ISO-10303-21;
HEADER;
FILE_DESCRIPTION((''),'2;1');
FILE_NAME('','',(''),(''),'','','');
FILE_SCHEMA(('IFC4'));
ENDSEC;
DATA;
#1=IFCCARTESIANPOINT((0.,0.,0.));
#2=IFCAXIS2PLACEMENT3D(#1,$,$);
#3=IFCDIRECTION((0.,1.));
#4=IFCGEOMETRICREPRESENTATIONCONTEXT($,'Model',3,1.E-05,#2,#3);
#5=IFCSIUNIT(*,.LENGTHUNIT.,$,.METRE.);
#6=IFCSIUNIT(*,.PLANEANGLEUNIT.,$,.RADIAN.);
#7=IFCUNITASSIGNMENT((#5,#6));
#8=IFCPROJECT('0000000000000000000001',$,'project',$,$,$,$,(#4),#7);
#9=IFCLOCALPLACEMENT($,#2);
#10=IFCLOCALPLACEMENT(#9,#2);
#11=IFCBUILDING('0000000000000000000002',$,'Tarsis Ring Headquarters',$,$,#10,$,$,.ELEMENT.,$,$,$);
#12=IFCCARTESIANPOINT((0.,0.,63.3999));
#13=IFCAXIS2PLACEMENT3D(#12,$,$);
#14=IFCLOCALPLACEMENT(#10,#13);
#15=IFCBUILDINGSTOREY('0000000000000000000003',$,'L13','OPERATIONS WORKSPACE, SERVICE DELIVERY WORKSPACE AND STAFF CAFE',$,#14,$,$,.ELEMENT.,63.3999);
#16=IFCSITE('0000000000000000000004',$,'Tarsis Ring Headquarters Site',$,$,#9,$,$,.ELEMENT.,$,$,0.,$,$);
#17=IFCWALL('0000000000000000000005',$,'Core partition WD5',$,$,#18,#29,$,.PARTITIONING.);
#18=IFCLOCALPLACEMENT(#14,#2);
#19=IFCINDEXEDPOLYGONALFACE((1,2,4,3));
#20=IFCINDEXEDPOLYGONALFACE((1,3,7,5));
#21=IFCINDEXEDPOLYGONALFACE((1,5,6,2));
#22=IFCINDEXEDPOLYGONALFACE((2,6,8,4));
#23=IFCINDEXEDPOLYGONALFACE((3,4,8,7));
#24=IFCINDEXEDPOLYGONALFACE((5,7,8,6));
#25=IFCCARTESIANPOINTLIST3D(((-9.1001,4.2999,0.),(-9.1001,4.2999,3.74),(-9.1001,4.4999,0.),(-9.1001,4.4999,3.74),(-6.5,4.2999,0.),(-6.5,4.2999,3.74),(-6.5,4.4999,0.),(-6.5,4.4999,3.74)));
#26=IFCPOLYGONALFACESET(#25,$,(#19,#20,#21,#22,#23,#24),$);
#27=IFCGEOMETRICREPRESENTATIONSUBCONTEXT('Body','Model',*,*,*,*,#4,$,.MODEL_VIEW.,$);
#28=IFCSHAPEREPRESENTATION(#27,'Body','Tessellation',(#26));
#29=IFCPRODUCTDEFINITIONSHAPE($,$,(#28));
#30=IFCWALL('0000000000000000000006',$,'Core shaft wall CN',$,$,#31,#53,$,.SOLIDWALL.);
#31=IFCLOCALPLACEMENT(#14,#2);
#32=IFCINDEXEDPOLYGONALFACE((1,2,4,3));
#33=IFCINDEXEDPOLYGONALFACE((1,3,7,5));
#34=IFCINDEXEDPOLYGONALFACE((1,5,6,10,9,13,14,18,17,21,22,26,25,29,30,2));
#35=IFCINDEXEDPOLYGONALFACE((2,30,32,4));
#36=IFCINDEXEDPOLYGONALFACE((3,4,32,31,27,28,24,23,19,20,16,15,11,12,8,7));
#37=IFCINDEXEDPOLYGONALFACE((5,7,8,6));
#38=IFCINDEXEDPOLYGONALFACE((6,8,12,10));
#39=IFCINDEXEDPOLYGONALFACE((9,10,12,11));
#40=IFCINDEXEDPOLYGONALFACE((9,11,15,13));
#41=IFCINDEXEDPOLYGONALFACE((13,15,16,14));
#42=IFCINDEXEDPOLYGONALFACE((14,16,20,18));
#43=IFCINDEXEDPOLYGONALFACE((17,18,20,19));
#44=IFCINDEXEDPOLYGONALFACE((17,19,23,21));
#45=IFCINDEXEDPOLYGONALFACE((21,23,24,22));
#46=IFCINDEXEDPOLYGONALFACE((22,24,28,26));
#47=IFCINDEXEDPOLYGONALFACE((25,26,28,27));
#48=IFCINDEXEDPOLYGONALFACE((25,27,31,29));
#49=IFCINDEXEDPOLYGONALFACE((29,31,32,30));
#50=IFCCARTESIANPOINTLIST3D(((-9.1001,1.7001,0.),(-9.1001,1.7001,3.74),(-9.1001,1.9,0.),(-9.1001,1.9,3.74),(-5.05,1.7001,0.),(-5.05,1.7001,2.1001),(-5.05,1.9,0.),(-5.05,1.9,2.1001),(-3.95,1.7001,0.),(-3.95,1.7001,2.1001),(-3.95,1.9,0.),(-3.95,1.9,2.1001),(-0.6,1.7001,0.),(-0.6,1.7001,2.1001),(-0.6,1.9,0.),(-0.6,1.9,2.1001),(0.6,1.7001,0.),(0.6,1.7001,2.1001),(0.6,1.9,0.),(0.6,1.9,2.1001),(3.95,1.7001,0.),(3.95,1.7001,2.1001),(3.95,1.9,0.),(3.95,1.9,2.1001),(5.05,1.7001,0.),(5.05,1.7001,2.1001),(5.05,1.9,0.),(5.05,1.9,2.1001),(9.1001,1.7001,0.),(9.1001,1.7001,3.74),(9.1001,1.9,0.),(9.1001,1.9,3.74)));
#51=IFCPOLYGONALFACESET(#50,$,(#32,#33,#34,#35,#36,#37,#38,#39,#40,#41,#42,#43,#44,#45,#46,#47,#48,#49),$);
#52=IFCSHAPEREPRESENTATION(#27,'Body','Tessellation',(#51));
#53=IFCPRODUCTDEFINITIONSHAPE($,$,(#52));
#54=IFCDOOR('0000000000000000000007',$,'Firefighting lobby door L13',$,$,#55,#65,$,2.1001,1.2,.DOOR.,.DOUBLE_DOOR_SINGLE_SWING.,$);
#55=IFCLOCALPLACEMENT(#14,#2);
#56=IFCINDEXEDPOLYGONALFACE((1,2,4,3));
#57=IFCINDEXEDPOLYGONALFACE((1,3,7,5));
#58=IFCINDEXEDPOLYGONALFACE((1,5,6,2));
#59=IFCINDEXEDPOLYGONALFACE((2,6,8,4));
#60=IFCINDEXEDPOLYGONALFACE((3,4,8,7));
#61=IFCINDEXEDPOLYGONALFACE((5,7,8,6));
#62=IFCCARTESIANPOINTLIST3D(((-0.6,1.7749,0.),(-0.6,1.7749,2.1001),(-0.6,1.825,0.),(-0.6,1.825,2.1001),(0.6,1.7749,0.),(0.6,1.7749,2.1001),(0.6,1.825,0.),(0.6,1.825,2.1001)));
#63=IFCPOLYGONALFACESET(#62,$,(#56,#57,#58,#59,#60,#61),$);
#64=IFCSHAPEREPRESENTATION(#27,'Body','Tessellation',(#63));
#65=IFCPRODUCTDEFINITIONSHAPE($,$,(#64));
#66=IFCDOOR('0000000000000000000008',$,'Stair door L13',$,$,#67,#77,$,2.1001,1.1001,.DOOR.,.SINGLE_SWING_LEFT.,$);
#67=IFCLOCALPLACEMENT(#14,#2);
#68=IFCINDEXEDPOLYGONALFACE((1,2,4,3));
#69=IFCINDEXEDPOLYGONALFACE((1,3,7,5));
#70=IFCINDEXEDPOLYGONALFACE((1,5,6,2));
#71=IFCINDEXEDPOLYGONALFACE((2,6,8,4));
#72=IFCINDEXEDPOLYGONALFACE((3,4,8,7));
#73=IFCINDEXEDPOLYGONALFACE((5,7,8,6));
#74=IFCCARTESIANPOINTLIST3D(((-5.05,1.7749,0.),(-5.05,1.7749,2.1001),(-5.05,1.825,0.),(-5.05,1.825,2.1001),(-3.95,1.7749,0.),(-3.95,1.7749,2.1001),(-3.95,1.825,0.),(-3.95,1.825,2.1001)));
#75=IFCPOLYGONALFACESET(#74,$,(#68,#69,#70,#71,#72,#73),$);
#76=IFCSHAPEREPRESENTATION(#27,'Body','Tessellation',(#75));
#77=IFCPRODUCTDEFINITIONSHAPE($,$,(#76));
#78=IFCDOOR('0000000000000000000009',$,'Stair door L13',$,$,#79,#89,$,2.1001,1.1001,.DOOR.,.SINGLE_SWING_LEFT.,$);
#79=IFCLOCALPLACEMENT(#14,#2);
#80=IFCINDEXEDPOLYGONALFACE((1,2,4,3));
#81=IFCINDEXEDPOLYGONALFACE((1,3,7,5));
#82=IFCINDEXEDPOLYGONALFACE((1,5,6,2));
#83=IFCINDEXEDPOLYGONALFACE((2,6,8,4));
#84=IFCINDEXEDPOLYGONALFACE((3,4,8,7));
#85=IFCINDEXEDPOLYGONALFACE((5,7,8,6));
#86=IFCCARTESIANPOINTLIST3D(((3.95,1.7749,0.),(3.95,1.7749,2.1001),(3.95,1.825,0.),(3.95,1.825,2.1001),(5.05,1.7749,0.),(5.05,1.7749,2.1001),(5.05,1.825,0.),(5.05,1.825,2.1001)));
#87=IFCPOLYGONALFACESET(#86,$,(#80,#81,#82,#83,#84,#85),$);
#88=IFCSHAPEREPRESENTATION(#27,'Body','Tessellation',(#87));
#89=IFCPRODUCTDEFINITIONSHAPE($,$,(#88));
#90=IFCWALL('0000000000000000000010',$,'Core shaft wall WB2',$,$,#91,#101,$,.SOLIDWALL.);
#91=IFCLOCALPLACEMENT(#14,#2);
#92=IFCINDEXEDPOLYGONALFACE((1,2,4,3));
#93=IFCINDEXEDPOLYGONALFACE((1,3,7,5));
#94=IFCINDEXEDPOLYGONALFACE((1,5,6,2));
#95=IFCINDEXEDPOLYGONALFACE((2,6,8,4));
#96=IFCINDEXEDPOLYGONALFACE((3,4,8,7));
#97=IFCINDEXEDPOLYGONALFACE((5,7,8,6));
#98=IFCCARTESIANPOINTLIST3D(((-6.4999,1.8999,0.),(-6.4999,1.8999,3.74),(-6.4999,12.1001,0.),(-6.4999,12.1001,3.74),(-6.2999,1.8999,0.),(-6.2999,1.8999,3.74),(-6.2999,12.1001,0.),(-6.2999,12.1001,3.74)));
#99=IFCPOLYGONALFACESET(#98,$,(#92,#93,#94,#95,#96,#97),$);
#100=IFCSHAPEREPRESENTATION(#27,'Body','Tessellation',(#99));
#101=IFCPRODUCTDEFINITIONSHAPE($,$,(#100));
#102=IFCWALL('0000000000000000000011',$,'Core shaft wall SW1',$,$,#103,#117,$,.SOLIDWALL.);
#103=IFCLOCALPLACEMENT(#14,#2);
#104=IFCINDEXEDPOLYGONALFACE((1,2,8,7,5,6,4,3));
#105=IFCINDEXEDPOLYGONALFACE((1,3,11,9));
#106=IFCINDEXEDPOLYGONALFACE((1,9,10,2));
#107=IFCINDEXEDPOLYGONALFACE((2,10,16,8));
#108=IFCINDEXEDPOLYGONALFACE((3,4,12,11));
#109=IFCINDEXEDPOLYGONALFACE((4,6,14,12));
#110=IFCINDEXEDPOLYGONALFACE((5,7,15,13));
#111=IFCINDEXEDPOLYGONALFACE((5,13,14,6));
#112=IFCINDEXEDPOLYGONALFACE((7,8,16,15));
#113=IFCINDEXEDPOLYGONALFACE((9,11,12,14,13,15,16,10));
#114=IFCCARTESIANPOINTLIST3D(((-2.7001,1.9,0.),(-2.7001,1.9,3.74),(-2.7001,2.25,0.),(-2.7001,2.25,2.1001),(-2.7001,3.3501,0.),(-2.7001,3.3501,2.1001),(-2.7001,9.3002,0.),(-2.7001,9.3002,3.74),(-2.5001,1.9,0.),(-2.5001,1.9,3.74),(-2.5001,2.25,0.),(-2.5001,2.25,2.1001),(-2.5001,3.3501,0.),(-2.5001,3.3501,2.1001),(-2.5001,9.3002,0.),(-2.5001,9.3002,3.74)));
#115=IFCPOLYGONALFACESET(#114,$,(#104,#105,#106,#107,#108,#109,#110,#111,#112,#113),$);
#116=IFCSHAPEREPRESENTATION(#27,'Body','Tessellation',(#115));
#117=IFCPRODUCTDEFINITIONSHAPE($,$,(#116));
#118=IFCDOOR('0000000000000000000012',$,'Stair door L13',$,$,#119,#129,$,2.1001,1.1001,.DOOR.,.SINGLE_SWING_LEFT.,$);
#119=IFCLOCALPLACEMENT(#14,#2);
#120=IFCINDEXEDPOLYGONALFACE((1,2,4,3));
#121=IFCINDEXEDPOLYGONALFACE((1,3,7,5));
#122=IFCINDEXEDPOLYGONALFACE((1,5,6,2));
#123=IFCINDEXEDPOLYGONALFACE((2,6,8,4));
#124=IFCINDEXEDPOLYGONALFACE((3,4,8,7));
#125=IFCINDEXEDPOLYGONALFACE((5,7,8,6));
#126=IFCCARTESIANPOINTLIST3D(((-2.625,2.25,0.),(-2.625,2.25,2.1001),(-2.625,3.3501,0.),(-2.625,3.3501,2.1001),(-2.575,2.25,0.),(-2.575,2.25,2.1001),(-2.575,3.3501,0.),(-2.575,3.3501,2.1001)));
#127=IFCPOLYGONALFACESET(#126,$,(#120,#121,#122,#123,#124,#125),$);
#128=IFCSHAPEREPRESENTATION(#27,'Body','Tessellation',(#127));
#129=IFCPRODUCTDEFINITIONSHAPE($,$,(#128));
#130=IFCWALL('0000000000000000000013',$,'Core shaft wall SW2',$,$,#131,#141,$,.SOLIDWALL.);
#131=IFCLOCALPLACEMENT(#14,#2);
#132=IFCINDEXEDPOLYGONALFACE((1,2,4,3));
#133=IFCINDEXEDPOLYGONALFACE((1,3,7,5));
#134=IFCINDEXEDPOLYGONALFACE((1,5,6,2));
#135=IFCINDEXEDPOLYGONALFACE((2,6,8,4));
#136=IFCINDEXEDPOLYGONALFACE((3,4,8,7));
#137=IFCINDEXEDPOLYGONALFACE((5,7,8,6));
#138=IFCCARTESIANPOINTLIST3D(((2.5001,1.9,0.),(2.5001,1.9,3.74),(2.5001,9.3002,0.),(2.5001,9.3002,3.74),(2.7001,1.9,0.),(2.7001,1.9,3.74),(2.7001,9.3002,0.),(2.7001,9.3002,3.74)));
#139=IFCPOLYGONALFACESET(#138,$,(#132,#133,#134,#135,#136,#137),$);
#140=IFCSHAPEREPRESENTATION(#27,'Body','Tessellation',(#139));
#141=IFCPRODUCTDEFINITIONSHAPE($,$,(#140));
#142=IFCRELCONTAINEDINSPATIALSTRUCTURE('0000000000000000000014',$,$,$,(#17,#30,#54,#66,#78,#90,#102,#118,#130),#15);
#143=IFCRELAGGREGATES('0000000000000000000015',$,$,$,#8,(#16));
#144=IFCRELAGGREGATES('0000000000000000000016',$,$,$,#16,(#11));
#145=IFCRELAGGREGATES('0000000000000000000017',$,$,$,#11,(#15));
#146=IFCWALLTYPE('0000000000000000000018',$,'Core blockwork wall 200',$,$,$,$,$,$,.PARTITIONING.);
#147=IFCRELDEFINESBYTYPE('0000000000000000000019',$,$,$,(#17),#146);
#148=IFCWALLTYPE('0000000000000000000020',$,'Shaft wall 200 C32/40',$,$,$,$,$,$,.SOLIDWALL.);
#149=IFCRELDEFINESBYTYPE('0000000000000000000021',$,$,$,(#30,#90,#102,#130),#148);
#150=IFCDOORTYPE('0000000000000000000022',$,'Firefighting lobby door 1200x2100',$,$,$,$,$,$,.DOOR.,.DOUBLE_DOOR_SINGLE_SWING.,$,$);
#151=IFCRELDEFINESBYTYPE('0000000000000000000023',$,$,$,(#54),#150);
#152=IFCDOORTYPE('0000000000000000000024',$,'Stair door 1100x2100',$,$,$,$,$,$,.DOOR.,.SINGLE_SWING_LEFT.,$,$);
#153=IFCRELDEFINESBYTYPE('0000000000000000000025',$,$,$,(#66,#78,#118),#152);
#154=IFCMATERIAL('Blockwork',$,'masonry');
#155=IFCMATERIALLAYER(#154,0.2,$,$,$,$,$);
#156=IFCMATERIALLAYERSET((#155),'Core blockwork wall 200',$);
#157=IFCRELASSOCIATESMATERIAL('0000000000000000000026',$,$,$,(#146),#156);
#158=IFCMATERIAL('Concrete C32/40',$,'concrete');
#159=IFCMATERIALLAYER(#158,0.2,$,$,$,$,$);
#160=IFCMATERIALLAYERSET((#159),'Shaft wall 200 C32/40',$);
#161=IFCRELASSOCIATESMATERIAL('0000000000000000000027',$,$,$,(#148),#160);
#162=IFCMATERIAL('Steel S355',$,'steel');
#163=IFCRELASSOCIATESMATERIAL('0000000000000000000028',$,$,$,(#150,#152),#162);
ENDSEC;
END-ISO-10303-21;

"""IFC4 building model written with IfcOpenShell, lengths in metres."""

from ifc_helpers import new_model, si_unit, direction, frame, frame_2d, origin, place, context, subcontext, project, spatial, rectangle, extrude, material, layer, layer_set, type_object, element, fill, save


model = new_model("IFC4")

# Units and contexts
model_context = context("Model", 3, precision=1e-05, world=origin(), true_north=direction((0.0, 1.0)))
body_context = subcontext(model_context, "Body", "Model", "MODEL_VIEW")
ifc_project = project(units=[si_unit("LENGTHUNIT", "METRE"), si_unit("PLANEANGLEUNIT", "RADIAN")], contexts=[model_context])

# Site, building, storey
site_placement = place(None, origin())
site = spatial("IfcSite", under=ifc_project, at=site_placement, Name="Tarsis Ring Headquarters Site", CompositionType="ELEMENT", RefElevation=0.0)
building_placement = place(site_placement, origin())
building = spatial("IfcBuilding", under=site, at=building_placement, Name="Tarsis Ring Headquarters", CompositionType="ELEMENT")
storey_placement = place(building_placement, frame((0.0, 0.0, 63.3999)))
storey = spatial("IfcBuildingStorey", under=building, at=storey_placement, Name="L13", Description="OPERATIONS WORKSPACE, SERVICE DELIVERY WORKSPACE AND STAFF CAFE", CompositionType="ELEMENT", Elevation=63.3999)

# Wall
ifc_material_1 = material(Name="Blockwork", Category="masonry")
ifc_layer_1 = layer(ifc_material_1, 0.2)
ifc_layer_set_1 = layer_set([ifc_layer_1], Name="Core blockwork wall 200")
wall_type_1 = type_object("IfcWallType", Name="Core blockwork wall 200", PredefinedType="PARTITIONING", material=ifc_layer_set_1)
wall_1_placement = place(storey_placement, frame((-9.1001, 4.3999, 0.0), z_axis=(0.0, 0.0, 1.0), x_axis=(1.0, 0.0, 0.0)))
element("IfcWall", 1, at=wall_1_placement, inside=storey, type_object=wall_type_1, Name="Core partition WD5", PredefinedType="PARTITIONING", context=body_context, shape_type="SweptSolid", body=[
    extrude(rectangle(XDim=2.6001, YDim=0.2, at=frame_2d((1.3, 0.0))), origin(), (0.0, 0.0, 1.0), 3.74),
])

# Wall, openings, doors
ifc_material_2 = material(Name="Concrete C32/40", Category="concrete")
ifc_layer_2 = layer(ifc_material_2, 0.2)
ifc_layer_set_2 = layer_set([ifc_layer_2], Name="Shaft wall 200 C32/40")
wall_type_2 = type_object("IfcWallType", Name="Shaft wall 200 C32/40", PredefinedType="SOLIDWALL", material=ifc_layer_set_2)
wall_2_placement = place(storey_placement, frame((-9.1001, 1.8, 0.0), z_axis=(0.0, 0.0, 1.0), x_axis=(1.0, 0.0, 0.0)))
wall_2 = element("IfcWall", 2, at=wall_2_placement, inside=storey, type_object=wall_type_2, Name="Core shaft wall CN", PredefinedType="SOLIDWALL", context=body_context, shape_type="SweptSolid", body=[
    extrude(rectangle(XDim=18.2002, YDim=0.2, at=frame_2d((9.1001, 0.0))), origin(), (0.0, 0.0, 1.0), 3.74),
])
opening_1_placement = place(wall_2_placement, frame((4.05, 0.0, 0.0)))
opening_1 = element("IfcOpeningElement", 3, at=opening_1_placement, cuts=wall_2, PredefinedType="OPENING", context=body_context, shape_type="SweptSolid", body=[
    extrude(rectangle(XDim=1.1001, YDim=2.1001, at=frame_2d((0.55, 1.05))), frame((0.0, 0.1099, 0.0), z_axis=(0.0, -1.0, 0.0), x_axis=(1.0, 0.0, 0.0)), (0.0, 0.0, 1.0), 0.22),
])
opening_2_placement = place(wall_2_placement, frame((8.5, 0.0, 0.0)))
opening_2 = element("IfcOpeningElement", 4, at=opening_2_placement, cuts=wall_2, PredefinedType="OPENING", context=body_context, shape_type="SweptSolid", body=[
    extrude(rectangle(XDim=1.2, YDim=2.1001, at=frame_2d((0.6001, 1.05))), frame((0.0, 0.1099, 0.0), z_axis=(0.0, -1.0, 0.0), x_axis=(1.0, 0.0, 0.0)), (0.0, 0.0, 1.0), 0.22),
])
opening_3_placement = place(wall_2_placement, frame((13.05, 0.0, 0.0)))
opening_3 = element("IfcOpeningElement", 5, at=opening_3_placement, cuts=wall_2, PredefinedType="OPENING", context=body_context, shape_type="SweptSolid", body=[
    extrude(rectangle(XDim=1.1001, YDim=2.1001, at=frame_2d((0.55, 1.05))), frame((0.0, 0.1099, 0.0), z_axis=(0.0, -1.0, 0.0), x_axis=(1.0, 0.0, 0.0)), (0.0, 0.0, 1.0), 0.22),
])
ifc_material_3 = material(Name="Steel S355", Category="steel")
door_type_1 = type_object("IfcDoorType", Name="Firefighting lobby door 1200x2100", OperationType="DOUBLE_DOOR_SINGLE_SWING", PredefinedType="DOOR", material=ifc_material_3)
door_1_placement = place(opening_2_placement, origin())
door_1 = element("IfcDoor", 6, at=door_1_placement, inside=storey, type_object=door_type_1, Name="Firefighting lobby door L13", OperationType="DOUBLE_DOOR_SINGLE_SWING", OverallHeight=2.1001, OverallWidth=1.2, PredefinedType="DOOR", context=body_context, shape_type="SweptSolid", body=[
    extrude(rectangle(XDim=1.2, YDim=2.1001, at=frame_2d((0.6001, 1.05))), frame((0.0, 0.0249, 0.0), z_axis=(0.0, -1.0, 0.0), x_axis=(1.0, 0.0, 0.0)), (0.0, 0.0, 1.0), 0.05),
])
fill(opening_2, door_1)
door_type_2 = type_object("IfcDoorType", Name="Stair door 1100x2100", OperationType="SINGLE_SWING_LEFT", PredefinedType="DOOR", material=ifc_material_3)
door_2_placement = place(opening_1_placement, origin())
door_2 = element("IfcDoor", 7, at=door_2_placement, inside=storey, type_object=door_type_2, Name="Stair door L13", OperationType="SINGLE_SWING_LEFT", OverallHeight=2.1001, OverallWidth=1.1001, PredefinedType="DOOR", context=body_context, shape_type="SweptSolid", body=[
    extrude(rectangle(XDim=1.1001, YDim=2.1001, at=frame_2d((0.55, 1.05))), frame((0.0, 0.0249, 0.0), z_axis=(0.0, -1.0, 0.0), x_axis=(1.0, 0.0, 0.0)), (0.0, 0.0, 1.0), 0.05),
])
fill(opening_1, door_2)
door_3_placement = place(opening_3_placement, origin())
door_3 = element("IfcDoor", 8, at=door_3_placement, inside=storey, type_object=door_type_2, Name="Stair door L13", OperationType="SINGLE_SWING_LEFT", OverallHeight=2.1001, OverallWidth=1.1001, PredefinedType="DOOR", context=body_context, shape_type="SweptSolid", body=[
    extrude(rectangle(XDim=1.1001, YDim=2.1001, at=frame_2d((0.55, 1.05))), frame((0.0, 0.0249, 0.0), z_axis=(0.0, -1.0, 0.0), x_axis=(1.0, 0.0, 0.0)), (0.0, 0.0, 1.0), 0.05),
])
fill(opening_3, door_3)

# Wall
wall_3_placement = place(storey_placement, frame((-6.3999, 1.8999, 0.0), z_axis=(0.0, 0.0, 1.0), x_axis=(0.0, 1.0, 0.0)))
element("IfcWall", 9, at=wall_3_placement, inside=storey, type_object=wall_type_2, Name="Core shaft wall WB2", PredefinedType="SOLIDWALL", context=body_context, shape_type="SweptSolid", body=[
    extrude(rectangle(XDim=10.2002, YDim=0.2, at=frame_2d((5.1001, 0.0))), origin(), (0.0, 0.0, 1.0), 3.74),
])

# Wall, opening, door
wall_4_placement = place(storey_placement, frame((-2.6001, 1.8999, 0.0), z_axis=(0.0, 0.0, 1.0), x_axis=(0.0, 1.0, 0.0)))
wall_4 = element("IfcWall", 10, at=wall_4_placement, inside=storey, type_object=wall_type_2, Name="Core shaft wall SW1", PredefinedType="SOLIDWALL", context=body_context, shape_type="SweptSolid", body=[
    extrude(rectangle(XDim=7.4001, YDim=0.2, at=frame_2d((3.7002, 0.0))), origin(), (0.0, 0.0, 1.0), 3.74),
])
opening_4_placement = place(wall_4_placement, frame((0.3501, 0.0, 0.0)))
opening_4 = element("IfcOpeningElement", 11, at=opening_4_placement, cuts=wall_4, PredefinedType="OPENING", context=body_context, shape_type="SweptSolid", body=[
    extrude(rectangle(XDim=1.1001, YDim=2.1001, at=frame_2d((0.55, 1.05))), frame((0.0, 0.1099, 0.0), z_axis=(0.0, -1.0, 0.0), x_axis=(1.0, 0.0, 0.0)), (0.0, 0.0, 1.0), 0.22),
])
door_4_placement = place(opening_4_placement, origin())
door_4 = element("IfcDoor", 12, at=door_4_placement, inside=storey, type_object=door_type_2, Name="Stair door L13", OperationType="SINGLE_SWING_LEFT", OverallHeight=2.1001, OverallWidth=1.1001, PredefinedType="DOOR", context=body_context, shape_type="SweptSolid", body=[
    extrude(rectangle(XDim=1.1001, YDim=2.1001, at=frame_2d((0.55, 1.05))), frame((0.0, 0.0249, 0.0), z_axis=(0.0, -1.0, 0.0), x_axis=(1.0, 0.0, 0.0)), (0.0, 0.0, 1.0), 0.05),
])
fill(opening_4, door_4)

# Wall
wall_5_placement = place(storey_placement, frame((2.6001, 1.8999, 0.0), z_axis=(0.0, 0.0, 1.0), x_axis=(0.0, 1.0, 0.0)))
element("IfcWall", 13, at=wall_5_placement, inside=storey, type_object=wall_type_2, Name="Core shaft wall SW2", PredefinedType="SOLIDWALL", context=body_context, shape_type="SweptSolid", body=[
    extrude(rectangle(XDim=7.4001, YDim=0.2, at=frame_2d((3.7002, 0.0))), origin(), (0.0, 0.0, 1.0), 3.74),
])

save(model, "model.ifc")
